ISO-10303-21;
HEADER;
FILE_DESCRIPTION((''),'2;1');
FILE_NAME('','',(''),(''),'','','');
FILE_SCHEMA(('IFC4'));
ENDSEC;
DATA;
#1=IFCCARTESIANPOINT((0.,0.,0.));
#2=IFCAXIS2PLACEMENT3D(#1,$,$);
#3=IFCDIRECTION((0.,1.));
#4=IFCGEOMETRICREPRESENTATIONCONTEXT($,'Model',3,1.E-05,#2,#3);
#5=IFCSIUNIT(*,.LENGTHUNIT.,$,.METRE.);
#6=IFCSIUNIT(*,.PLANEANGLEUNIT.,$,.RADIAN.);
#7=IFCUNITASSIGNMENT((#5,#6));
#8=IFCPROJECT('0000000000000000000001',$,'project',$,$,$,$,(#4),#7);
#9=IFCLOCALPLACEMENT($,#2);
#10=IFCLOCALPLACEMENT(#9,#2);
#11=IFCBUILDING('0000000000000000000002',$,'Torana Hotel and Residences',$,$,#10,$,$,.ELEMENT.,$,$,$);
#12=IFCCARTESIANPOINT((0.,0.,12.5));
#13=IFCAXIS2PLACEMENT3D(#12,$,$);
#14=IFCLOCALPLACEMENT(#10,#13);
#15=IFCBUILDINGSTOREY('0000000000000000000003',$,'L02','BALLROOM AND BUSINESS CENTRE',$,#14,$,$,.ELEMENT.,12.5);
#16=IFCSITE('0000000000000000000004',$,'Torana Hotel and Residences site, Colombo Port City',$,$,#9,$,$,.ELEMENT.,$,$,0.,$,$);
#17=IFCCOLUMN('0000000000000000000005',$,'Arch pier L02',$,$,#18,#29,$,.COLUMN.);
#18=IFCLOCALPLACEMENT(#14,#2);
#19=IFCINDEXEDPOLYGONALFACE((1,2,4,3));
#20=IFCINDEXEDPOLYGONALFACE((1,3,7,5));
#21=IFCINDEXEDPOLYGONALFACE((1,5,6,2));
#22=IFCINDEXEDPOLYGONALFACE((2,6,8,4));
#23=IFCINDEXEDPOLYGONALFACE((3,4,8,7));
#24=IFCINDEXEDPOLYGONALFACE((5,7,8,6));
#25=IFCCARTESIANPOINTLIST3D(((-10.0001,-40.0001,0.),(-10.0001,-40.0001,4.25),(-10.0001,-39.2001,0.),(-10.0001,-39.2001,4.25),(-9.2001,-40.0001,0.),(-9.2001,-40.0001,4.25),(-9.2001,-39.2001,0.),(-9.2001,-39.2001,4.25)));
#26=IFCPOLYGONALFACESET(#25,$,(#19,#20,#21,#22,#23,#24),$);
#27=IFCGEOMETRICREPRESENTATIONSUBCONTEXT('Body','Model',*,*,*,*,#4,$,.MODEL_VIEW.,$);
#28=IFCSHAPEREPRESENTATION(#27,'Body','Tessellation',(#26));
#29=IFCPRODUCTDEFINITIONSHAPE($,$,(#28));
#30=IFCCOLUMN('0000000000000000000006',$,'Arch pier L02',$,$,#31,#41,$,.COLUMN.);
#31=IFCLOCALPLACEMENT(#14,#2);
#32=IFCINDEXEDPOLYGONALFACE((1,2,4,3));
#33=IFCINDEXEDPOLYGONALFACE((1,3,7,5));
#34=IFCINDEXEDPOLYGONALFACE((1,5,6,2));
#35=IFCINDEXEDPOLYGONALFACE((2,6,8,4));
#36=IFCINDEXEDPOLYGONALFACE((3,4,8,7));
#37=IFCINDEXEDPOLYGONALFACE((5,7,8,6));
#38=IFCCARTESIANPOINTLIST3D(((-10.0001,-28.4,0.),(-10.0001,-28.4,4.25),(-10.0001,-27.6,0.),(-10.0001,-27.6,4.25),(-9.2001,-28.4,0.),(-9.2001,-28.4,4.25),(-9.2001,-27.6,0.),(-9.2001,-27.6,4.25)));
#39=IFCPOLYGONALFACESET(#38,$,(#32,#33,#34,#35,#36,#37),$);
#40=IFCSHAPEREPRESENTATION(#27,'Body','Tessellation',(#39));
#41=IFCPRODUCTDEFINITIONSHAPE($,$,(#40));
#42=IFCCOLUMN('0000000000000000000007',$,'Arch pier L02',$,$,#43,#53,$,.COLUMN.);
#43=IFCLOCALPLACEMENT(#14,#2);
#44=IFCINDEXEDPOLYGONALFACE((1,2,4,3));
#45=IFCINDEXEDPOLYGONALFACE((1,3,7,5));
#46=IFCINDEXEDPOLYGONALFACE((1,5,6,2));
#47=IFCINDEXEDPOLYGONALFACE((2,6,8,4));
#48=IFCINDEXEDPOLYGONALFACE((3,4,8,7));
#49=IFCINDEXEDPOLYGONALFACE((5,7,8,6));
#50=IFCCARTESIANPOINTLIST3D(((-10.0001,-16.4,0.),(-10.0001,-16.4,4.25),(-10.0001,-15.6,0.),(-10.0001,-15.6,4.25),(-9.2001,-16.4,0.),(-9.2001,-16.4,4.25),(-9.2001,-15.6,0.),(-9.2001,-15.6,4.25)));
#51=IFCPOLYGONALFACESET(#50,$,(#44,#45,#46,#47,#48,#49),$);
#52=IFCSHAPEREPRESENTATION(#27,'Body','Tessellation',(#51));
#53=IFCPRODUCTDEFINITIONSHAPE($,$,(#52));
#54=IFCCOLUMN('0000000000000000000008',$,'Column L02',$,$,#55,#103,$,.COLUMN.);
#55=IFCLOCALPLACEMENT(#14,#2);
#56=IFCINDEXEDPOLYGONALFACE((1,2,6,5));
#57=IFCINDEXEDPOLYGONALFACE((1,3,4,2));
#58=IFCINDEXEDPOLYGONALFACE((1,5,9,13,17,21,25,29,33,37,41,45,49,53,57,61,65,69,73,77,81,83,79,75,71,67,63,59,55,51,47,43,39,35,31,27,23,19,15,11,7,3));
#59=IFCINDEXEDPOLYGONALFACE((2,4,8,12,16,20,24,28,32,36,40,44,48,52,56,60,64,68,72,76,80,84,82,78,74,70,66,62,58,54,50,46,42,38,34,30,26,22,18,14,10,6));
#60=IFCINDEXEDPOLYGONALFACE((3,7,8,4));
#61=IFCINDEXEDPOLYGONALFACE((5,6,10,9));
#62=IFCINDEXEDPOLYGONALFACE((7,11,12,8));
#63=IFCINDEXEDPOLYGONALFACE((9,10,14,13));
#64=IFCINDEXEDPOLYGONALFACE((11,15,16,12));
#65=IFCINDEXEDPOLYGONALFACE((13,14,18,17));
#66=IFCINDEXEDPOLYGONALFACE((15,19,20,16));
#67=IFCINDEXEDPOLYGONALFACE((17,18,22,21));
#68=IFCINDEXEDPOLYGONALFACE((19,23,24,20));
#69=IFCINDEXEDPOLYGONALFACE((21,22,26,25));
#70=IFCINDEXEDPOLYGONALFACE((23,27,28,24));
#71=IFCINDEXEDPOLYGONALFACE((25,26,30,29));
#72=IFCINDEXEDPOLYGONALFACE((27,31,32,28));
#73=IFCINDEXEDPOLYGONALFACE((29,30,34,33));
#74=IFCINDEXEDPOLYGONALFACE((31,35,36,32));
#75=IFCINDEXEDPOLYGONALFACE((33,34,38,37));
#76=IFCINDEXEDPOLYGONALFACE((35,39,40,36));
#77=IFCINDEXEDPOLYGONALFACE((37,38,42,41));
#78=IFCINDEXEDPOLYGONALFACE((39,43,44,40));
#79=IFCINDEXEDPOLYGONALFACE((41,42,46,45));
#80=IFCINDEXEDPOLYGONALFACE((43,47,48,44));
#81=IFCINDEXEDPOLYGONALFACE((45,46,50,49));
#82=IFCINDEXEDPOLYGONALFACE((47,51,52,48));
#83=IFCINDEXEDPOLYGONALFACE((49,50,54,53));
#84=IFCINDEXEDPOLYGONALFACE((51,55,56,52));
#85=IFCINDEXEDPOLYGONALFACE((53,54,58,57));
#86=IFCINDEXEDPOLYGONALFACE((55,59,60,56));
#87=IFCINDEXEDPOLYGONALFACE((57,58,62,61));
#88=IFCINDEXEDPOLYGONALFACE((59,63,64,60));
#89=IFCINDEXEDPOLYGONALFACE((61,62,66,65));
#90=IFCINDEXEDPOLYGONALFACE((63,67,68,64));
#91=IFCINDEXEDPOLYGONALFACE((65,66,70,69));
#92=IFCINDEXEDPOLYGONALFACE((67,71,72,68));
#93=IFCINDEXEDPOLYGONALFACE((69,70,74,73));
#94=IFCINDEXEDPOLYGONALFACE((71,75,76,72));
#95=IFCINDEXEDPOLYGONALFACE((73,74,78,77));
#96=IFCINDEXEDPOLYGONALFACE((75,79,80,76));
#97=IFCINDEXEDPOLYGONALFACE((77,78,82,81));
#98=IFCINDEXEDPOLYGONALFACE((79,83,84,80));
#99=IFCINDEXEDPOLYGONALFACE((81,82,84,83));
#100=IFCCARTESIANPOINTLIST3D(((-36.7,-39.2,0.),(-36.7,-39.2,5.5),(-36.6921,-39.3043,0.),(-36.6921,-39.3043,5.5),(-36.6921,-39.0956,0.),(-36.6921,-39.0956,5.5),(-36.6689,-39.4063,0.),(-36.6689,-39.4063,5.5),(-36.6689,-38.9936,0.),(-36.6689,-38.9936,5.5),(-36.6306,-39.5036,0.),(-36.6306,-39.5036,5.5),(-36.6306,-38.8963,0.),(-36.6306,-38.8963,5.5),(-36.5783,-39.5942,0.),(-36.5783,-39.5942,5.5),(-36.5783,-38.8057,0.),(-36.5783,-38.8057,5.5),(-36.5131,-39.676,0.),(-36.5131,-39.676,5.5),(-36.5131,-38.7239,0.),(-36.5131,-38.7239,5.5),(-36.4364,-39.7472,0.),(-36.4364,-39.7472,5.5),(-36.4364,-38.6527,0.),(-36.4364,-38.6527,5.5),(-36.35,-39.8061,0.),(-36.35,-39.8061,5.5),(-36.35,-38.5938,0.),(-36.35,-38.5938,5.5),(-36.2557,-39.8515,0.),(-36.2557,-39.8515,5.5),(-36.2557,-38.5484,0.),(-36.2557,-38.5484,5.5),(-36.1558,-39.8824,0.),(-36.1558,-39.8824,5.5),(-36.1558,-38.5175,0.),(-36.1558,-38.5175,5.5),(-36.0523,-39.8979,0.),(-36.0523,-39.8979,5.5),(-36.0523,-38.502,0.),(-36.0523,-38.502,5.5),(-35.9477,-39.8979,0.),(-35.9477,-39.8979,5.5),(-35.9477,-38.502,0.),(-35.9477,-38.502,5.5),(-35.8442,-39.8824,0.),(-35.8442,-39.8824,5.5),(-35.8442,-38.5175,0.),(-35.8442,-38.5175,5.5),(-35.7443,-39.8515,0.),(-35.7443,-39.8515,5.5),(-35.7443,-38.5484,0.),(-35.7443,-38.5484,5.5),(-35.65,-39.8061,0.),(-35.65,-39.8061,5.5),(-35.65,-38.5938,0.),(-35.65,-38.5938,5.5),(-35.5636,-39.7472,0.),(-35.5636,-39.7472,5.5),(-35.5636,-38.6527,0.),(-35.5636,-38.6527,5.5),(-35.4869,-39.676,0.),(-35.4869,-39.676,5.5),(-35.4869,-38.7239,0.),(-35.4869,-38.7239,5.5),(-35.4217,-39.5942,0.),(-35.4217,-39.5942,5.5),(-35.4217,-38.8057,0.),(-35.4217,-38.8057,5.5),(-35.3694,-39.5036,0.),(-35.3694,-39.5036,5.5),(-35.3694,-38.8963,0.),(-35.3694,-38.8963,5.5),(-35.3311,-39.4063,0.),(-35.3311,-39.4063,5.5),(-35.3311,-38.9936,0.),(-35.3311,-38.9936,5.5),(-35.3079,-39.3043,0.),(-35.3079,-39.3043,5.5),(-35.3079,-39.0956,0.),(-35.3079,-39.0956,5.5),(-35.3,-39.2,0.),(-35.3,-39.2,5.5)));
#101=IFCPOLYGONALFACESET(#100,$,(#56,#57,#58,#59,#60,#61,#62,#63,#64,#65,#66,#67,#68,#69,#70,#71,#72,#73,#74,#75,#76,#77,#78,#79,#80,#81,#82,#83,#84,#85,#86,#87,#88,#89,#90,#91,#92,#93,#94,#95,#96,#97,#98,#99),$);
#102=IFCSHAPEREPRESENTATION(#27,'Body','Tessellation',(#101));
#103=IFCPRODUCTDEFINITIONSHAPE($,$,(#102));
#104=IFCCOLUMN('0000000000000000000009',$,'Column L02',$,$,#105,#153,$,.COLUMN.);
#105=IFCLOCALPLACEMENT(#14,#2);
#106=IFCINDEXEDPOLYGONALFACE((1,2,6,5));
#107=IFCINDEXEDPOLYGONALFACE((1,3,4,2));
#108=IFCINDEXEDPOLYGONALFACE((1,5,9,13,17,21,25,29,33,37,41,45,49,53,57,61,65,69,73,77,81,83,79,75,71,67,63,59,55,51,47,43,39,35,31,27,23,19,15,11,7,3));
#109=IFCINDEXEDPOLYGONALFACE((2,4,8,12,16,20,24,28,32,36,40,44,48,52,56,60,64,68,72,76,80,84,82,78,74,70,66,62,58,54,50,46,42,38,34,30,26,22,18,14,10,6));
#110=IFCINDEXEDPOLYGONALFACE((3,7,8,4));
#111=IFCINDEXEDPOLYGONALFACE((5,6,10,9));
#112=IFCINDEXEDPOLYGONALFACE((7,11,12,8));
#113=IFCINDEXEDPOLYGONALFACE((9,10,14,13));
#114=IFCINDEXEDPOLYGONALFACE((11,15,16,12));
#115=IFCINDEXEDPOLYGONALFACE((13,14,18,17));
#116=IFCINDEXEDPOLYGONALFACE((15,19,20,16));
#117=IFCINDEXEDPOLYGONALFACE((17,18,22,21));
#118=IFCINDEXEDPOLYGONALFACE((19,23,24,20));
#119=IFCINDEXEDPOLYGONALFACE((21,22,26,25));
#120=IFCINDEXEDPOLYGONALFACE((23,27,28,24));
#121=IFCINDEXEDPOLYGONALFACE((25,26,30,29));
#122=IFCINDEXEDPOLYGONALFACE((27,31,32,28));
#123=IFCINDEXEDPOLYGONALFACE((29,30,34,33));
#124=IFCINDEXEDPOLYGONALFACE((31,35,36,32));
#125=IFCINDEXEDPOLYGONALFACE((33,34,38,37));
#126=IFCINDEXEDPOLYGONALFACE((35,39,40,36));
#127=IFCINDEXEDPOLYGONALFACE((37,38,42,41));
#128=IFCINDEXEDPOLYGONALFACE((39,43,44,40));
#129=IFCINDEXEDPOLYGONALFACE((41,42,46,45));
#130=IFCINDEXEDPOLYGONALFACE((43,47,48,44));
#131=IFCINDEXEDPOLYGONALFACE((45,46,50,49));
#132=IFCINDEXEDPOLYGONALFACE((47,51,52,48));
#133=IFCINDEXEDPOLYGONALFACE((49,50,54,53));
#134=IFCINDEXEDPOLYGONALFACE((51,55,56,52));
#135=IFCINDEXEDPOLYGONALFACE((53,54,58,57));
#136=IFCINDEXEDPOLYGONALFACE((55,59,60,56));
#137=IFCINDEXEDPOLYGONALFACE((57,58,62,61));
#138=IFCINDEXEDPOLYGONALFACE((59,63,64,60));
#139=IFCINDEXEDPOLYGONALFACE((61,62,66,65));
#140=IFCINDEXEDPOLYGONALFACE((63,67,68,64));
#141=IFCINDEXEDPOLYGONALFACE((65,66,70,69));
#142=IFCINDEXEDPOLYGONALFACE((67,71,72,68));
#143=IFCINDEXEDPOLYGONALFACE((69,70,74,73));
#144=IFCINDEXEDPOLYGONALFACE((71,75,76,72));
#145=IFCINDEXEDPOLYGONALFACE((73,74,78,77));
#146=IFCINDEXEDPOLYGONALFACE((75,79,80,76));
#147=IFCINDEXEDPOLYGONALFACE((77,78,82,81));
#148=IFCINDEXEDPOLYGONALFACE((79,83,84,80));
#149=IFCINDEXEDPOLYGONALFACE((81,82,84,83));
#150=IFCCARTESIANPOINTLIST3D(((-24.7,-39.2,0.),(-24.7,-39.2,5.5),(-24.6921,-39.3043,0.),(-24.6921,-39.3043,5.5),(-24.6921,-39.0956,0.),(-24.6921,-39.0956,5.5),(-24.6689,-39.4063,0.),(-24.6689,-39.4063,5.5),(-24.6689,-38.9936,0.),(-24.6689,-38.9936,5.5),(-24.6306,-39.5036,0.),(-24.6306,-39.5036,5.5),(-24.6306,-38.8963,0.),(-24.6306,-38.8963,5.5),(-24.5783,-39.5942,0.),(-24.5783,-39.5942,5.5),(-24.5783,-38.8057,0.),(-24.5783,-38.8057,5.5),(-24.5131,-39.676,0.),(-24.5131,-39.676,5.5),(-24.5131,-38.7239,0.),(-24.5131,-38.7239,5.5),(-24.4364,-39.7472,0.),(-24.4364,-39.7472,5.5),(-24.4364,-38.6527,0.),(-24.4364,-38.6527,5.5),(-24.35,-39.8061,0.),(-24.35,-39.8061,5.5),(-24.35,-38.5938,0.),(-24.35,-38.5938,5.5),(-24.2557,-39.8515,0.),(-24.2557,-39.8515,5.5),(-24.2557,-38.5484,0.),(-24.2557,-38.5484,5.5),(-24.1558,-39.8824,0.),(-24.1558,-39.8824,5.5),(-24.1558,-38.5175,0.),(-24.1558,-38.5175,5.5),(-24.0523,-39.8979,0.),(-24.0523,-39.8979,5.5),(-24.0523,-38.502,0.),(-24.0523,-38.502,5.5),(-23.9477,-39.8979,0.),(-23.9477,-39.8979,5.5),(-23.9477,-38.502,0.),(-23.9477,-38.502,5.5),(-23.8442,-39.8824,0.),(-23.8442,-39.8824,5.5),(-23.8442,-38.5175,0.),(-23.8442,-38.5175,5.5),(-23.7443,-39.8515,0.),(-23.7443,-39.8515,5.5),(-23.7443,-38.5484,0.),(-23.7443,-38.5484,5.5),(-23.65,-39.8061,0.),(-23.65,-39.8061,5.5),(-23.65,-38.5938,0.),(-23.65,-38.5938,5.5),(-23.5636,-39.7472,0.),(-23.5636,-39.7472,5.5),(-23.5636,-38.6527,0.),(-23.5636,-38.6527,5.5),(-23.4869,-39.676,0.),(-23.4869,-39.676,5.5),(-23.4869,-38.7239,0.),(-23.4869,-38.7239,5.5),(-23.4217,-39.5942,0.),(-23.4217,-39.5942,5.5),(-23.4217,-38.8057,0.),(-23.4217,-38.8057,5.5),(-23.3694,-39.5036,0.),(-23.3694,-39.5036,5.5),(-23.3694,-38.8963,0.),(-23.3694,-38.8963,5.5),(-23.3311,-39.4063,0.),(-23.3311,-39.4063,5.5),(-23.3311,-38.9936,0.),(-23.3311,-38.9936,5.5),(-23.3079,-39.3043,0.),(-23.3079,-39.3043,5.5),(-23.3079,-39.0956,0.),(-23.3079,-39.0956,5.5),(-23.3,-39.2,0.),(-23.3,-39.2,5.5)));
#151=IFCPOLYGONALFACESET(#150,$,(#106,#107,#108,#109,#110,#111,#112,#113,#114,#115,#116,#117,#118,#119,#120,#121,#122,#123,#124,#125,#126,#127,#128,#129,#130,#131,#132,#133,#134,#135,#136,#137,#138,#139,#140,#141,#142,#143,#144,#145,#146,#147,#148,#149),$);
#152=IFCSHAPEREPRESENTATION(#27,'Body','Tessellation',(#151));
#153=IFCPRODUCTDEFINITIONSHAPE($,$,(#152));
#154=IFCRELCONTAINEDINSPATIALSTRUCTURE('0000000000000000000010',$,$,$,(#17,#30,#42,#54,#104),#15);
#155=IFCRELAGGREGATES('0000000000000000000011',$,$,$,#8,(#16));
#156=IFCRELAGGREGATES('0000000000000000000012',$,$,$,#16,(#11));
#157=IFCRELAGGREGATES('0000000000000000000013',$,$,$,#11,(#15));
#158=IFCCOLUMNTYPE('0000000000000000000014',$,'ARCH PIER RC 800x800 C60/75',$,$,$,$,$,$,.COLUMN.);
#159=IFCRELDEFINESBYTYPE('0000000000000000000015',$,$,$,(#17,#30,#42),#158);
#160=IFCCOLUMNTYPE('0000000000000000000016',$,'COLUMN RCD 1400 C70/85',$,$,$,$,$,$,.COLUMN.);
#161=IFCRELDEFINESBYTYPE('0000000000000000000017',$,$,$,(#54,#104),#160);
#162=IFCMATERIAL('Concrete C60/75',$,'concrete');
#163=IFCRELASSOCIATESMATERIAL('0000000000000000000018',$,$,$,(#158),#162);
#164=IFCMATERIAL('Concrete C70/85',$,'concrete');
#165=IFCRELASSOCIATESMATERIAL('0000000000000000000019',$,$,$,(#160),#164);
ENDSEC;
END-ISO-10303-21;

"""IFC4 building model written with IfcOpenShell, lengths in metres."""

from ifc_helpers import new_model, si_unit, direction, frame, origin, origin_2d, place, context, subcontext, project, spatial, rectangle, circle, extrude, material, material_profile, profile_set, type_object, element, save


model = new_model("IFC4")

# Units and contexts
model_context = context("Model", 3, precision=1e-05, world=origin(), true_north=direction((0.0, 1.0)))
body_context = subcontext(model_context, "Body", "Model", "MODEL_VIEW")
ifc_project = project(units=[si_unit("LENGTHUNIT", "METRE"), si_unit("PLANEANGLEUNIT", "RADIAN")], contexts=[model_context])

# Site, building, storey
site_placement = place(None, origin())
site = spatial("IfcSite", under=ifc_project, at=site_placement, Name="Torana Hotel and Residences site, Colombo Port City", CompositionType="ELEMENT", RefElevation=0.0)
building_placement = place(site_placement, origin())
building = spatial("IfcBuilding", under=site, at=building_placement, Name="Torana Hotel and Residences", CompositionType="ELEMENT")
storey_placement = place(building_placement, frame((0.0, 0.0, 12.5)))
storey = spatial("IfcBuildingStorey", under=building, at=storey_placement, Name="L02", Description="BALLROOM AND BUSINESS CENTRE", CompositionType="ELEMENT", Elevation=12.5)

# Columns
ifc_material_1 = material(Name="Concrete C60/75", Category="concrete")
ifc_material_profile_1 = material_profile(ifc_material_1, rectangle(XDim=0.8, YDim=0.8, at=origin_2d()), Name="RC 800x800")
ifc_profile_set_1 = profile_set([ifc_material_profile_1], Name="Concrete C60/75")
column_type_1 = type_object("IfcColumnType", Name="ARCH PIER RC 800x800 C60/75", PredefinedType="COLUMN", material=ifc_profile_set_1)
for number, where, z_axis, x_axis, name in (
    (1, (-9.6001, -39.6001, 0.0), (0.0, 0.0, 1.0), (1.0, 0.0, 0.0), "Arch pier L02"),
    (2, (-9.6001, -28.0, 0.0), (0.0, 0.0, 1.0), (1.0, 0.0, 0.0), "Arch pier L02"),
    (3, (-9.6001, -16.0, 0.0), (0.0, 0.0, 1.0), (1.0, 0.0, 0.0), "Arch pier L02"),
):
    element("IfcColumn", number, at=place(storey_placement, frame(where, z_axis=z_axis, x_axis=x_axis)), inside=storey, type_object=column_type_1, Name=name, PredefinedType="COLUMN", context=body_context, shape_type="SweptSolid", body=[
        extrude(rectangle(XDim=0.8, YDim=0.8, at=origin_2d()), origin(), (0.0, 0.0, 1.0), 4.25),
    ])
ifc_material_2 = material(Name="Concrete C70/85", Category="concrete")
ifc_material_profile_2 = material_profile(ifc_material_2, circle(Radius=0.7, at=origin_2d()), Name="RCD 1400")
ifc_profile_set_2 = profile_set([ifc_material_profile_2], Name="Concrete C70/85")
column_type_2 = type_object("IfcColumnType", Name="COLUMN RCD 1400 C70/85", PredefinedType="COLUMN", material=ifc_profile_set_2)
for number, where, z_axis, x_axis, name in (
    (4, (-36.0, -39.2, 0.0), (0.0, 0.0, 1.0), (1.0, 0.0, 0.0), "Column L02"),
    (5, (-24.0, -39.2, 0.0), (0.0, 0.0, 1.0), (1.0, 0.0, 0.0), "Column L02"),
):
    element("IfcColumn", number, at=place(storey_placement, frame(where, z_axis=z_axis, x_axis=x_axis)), inside=storey, type_object=column_type_2, Name=name, PredefinedType="COLUMN", context=body_context, shape_type="SweptSolid", body=[
        extrude(circle(Radius=0.7, at=origin_2d()), origin(), (0.0, 0.0, 1.0), 5.5),
    ])

save(model, "model.ifc")
